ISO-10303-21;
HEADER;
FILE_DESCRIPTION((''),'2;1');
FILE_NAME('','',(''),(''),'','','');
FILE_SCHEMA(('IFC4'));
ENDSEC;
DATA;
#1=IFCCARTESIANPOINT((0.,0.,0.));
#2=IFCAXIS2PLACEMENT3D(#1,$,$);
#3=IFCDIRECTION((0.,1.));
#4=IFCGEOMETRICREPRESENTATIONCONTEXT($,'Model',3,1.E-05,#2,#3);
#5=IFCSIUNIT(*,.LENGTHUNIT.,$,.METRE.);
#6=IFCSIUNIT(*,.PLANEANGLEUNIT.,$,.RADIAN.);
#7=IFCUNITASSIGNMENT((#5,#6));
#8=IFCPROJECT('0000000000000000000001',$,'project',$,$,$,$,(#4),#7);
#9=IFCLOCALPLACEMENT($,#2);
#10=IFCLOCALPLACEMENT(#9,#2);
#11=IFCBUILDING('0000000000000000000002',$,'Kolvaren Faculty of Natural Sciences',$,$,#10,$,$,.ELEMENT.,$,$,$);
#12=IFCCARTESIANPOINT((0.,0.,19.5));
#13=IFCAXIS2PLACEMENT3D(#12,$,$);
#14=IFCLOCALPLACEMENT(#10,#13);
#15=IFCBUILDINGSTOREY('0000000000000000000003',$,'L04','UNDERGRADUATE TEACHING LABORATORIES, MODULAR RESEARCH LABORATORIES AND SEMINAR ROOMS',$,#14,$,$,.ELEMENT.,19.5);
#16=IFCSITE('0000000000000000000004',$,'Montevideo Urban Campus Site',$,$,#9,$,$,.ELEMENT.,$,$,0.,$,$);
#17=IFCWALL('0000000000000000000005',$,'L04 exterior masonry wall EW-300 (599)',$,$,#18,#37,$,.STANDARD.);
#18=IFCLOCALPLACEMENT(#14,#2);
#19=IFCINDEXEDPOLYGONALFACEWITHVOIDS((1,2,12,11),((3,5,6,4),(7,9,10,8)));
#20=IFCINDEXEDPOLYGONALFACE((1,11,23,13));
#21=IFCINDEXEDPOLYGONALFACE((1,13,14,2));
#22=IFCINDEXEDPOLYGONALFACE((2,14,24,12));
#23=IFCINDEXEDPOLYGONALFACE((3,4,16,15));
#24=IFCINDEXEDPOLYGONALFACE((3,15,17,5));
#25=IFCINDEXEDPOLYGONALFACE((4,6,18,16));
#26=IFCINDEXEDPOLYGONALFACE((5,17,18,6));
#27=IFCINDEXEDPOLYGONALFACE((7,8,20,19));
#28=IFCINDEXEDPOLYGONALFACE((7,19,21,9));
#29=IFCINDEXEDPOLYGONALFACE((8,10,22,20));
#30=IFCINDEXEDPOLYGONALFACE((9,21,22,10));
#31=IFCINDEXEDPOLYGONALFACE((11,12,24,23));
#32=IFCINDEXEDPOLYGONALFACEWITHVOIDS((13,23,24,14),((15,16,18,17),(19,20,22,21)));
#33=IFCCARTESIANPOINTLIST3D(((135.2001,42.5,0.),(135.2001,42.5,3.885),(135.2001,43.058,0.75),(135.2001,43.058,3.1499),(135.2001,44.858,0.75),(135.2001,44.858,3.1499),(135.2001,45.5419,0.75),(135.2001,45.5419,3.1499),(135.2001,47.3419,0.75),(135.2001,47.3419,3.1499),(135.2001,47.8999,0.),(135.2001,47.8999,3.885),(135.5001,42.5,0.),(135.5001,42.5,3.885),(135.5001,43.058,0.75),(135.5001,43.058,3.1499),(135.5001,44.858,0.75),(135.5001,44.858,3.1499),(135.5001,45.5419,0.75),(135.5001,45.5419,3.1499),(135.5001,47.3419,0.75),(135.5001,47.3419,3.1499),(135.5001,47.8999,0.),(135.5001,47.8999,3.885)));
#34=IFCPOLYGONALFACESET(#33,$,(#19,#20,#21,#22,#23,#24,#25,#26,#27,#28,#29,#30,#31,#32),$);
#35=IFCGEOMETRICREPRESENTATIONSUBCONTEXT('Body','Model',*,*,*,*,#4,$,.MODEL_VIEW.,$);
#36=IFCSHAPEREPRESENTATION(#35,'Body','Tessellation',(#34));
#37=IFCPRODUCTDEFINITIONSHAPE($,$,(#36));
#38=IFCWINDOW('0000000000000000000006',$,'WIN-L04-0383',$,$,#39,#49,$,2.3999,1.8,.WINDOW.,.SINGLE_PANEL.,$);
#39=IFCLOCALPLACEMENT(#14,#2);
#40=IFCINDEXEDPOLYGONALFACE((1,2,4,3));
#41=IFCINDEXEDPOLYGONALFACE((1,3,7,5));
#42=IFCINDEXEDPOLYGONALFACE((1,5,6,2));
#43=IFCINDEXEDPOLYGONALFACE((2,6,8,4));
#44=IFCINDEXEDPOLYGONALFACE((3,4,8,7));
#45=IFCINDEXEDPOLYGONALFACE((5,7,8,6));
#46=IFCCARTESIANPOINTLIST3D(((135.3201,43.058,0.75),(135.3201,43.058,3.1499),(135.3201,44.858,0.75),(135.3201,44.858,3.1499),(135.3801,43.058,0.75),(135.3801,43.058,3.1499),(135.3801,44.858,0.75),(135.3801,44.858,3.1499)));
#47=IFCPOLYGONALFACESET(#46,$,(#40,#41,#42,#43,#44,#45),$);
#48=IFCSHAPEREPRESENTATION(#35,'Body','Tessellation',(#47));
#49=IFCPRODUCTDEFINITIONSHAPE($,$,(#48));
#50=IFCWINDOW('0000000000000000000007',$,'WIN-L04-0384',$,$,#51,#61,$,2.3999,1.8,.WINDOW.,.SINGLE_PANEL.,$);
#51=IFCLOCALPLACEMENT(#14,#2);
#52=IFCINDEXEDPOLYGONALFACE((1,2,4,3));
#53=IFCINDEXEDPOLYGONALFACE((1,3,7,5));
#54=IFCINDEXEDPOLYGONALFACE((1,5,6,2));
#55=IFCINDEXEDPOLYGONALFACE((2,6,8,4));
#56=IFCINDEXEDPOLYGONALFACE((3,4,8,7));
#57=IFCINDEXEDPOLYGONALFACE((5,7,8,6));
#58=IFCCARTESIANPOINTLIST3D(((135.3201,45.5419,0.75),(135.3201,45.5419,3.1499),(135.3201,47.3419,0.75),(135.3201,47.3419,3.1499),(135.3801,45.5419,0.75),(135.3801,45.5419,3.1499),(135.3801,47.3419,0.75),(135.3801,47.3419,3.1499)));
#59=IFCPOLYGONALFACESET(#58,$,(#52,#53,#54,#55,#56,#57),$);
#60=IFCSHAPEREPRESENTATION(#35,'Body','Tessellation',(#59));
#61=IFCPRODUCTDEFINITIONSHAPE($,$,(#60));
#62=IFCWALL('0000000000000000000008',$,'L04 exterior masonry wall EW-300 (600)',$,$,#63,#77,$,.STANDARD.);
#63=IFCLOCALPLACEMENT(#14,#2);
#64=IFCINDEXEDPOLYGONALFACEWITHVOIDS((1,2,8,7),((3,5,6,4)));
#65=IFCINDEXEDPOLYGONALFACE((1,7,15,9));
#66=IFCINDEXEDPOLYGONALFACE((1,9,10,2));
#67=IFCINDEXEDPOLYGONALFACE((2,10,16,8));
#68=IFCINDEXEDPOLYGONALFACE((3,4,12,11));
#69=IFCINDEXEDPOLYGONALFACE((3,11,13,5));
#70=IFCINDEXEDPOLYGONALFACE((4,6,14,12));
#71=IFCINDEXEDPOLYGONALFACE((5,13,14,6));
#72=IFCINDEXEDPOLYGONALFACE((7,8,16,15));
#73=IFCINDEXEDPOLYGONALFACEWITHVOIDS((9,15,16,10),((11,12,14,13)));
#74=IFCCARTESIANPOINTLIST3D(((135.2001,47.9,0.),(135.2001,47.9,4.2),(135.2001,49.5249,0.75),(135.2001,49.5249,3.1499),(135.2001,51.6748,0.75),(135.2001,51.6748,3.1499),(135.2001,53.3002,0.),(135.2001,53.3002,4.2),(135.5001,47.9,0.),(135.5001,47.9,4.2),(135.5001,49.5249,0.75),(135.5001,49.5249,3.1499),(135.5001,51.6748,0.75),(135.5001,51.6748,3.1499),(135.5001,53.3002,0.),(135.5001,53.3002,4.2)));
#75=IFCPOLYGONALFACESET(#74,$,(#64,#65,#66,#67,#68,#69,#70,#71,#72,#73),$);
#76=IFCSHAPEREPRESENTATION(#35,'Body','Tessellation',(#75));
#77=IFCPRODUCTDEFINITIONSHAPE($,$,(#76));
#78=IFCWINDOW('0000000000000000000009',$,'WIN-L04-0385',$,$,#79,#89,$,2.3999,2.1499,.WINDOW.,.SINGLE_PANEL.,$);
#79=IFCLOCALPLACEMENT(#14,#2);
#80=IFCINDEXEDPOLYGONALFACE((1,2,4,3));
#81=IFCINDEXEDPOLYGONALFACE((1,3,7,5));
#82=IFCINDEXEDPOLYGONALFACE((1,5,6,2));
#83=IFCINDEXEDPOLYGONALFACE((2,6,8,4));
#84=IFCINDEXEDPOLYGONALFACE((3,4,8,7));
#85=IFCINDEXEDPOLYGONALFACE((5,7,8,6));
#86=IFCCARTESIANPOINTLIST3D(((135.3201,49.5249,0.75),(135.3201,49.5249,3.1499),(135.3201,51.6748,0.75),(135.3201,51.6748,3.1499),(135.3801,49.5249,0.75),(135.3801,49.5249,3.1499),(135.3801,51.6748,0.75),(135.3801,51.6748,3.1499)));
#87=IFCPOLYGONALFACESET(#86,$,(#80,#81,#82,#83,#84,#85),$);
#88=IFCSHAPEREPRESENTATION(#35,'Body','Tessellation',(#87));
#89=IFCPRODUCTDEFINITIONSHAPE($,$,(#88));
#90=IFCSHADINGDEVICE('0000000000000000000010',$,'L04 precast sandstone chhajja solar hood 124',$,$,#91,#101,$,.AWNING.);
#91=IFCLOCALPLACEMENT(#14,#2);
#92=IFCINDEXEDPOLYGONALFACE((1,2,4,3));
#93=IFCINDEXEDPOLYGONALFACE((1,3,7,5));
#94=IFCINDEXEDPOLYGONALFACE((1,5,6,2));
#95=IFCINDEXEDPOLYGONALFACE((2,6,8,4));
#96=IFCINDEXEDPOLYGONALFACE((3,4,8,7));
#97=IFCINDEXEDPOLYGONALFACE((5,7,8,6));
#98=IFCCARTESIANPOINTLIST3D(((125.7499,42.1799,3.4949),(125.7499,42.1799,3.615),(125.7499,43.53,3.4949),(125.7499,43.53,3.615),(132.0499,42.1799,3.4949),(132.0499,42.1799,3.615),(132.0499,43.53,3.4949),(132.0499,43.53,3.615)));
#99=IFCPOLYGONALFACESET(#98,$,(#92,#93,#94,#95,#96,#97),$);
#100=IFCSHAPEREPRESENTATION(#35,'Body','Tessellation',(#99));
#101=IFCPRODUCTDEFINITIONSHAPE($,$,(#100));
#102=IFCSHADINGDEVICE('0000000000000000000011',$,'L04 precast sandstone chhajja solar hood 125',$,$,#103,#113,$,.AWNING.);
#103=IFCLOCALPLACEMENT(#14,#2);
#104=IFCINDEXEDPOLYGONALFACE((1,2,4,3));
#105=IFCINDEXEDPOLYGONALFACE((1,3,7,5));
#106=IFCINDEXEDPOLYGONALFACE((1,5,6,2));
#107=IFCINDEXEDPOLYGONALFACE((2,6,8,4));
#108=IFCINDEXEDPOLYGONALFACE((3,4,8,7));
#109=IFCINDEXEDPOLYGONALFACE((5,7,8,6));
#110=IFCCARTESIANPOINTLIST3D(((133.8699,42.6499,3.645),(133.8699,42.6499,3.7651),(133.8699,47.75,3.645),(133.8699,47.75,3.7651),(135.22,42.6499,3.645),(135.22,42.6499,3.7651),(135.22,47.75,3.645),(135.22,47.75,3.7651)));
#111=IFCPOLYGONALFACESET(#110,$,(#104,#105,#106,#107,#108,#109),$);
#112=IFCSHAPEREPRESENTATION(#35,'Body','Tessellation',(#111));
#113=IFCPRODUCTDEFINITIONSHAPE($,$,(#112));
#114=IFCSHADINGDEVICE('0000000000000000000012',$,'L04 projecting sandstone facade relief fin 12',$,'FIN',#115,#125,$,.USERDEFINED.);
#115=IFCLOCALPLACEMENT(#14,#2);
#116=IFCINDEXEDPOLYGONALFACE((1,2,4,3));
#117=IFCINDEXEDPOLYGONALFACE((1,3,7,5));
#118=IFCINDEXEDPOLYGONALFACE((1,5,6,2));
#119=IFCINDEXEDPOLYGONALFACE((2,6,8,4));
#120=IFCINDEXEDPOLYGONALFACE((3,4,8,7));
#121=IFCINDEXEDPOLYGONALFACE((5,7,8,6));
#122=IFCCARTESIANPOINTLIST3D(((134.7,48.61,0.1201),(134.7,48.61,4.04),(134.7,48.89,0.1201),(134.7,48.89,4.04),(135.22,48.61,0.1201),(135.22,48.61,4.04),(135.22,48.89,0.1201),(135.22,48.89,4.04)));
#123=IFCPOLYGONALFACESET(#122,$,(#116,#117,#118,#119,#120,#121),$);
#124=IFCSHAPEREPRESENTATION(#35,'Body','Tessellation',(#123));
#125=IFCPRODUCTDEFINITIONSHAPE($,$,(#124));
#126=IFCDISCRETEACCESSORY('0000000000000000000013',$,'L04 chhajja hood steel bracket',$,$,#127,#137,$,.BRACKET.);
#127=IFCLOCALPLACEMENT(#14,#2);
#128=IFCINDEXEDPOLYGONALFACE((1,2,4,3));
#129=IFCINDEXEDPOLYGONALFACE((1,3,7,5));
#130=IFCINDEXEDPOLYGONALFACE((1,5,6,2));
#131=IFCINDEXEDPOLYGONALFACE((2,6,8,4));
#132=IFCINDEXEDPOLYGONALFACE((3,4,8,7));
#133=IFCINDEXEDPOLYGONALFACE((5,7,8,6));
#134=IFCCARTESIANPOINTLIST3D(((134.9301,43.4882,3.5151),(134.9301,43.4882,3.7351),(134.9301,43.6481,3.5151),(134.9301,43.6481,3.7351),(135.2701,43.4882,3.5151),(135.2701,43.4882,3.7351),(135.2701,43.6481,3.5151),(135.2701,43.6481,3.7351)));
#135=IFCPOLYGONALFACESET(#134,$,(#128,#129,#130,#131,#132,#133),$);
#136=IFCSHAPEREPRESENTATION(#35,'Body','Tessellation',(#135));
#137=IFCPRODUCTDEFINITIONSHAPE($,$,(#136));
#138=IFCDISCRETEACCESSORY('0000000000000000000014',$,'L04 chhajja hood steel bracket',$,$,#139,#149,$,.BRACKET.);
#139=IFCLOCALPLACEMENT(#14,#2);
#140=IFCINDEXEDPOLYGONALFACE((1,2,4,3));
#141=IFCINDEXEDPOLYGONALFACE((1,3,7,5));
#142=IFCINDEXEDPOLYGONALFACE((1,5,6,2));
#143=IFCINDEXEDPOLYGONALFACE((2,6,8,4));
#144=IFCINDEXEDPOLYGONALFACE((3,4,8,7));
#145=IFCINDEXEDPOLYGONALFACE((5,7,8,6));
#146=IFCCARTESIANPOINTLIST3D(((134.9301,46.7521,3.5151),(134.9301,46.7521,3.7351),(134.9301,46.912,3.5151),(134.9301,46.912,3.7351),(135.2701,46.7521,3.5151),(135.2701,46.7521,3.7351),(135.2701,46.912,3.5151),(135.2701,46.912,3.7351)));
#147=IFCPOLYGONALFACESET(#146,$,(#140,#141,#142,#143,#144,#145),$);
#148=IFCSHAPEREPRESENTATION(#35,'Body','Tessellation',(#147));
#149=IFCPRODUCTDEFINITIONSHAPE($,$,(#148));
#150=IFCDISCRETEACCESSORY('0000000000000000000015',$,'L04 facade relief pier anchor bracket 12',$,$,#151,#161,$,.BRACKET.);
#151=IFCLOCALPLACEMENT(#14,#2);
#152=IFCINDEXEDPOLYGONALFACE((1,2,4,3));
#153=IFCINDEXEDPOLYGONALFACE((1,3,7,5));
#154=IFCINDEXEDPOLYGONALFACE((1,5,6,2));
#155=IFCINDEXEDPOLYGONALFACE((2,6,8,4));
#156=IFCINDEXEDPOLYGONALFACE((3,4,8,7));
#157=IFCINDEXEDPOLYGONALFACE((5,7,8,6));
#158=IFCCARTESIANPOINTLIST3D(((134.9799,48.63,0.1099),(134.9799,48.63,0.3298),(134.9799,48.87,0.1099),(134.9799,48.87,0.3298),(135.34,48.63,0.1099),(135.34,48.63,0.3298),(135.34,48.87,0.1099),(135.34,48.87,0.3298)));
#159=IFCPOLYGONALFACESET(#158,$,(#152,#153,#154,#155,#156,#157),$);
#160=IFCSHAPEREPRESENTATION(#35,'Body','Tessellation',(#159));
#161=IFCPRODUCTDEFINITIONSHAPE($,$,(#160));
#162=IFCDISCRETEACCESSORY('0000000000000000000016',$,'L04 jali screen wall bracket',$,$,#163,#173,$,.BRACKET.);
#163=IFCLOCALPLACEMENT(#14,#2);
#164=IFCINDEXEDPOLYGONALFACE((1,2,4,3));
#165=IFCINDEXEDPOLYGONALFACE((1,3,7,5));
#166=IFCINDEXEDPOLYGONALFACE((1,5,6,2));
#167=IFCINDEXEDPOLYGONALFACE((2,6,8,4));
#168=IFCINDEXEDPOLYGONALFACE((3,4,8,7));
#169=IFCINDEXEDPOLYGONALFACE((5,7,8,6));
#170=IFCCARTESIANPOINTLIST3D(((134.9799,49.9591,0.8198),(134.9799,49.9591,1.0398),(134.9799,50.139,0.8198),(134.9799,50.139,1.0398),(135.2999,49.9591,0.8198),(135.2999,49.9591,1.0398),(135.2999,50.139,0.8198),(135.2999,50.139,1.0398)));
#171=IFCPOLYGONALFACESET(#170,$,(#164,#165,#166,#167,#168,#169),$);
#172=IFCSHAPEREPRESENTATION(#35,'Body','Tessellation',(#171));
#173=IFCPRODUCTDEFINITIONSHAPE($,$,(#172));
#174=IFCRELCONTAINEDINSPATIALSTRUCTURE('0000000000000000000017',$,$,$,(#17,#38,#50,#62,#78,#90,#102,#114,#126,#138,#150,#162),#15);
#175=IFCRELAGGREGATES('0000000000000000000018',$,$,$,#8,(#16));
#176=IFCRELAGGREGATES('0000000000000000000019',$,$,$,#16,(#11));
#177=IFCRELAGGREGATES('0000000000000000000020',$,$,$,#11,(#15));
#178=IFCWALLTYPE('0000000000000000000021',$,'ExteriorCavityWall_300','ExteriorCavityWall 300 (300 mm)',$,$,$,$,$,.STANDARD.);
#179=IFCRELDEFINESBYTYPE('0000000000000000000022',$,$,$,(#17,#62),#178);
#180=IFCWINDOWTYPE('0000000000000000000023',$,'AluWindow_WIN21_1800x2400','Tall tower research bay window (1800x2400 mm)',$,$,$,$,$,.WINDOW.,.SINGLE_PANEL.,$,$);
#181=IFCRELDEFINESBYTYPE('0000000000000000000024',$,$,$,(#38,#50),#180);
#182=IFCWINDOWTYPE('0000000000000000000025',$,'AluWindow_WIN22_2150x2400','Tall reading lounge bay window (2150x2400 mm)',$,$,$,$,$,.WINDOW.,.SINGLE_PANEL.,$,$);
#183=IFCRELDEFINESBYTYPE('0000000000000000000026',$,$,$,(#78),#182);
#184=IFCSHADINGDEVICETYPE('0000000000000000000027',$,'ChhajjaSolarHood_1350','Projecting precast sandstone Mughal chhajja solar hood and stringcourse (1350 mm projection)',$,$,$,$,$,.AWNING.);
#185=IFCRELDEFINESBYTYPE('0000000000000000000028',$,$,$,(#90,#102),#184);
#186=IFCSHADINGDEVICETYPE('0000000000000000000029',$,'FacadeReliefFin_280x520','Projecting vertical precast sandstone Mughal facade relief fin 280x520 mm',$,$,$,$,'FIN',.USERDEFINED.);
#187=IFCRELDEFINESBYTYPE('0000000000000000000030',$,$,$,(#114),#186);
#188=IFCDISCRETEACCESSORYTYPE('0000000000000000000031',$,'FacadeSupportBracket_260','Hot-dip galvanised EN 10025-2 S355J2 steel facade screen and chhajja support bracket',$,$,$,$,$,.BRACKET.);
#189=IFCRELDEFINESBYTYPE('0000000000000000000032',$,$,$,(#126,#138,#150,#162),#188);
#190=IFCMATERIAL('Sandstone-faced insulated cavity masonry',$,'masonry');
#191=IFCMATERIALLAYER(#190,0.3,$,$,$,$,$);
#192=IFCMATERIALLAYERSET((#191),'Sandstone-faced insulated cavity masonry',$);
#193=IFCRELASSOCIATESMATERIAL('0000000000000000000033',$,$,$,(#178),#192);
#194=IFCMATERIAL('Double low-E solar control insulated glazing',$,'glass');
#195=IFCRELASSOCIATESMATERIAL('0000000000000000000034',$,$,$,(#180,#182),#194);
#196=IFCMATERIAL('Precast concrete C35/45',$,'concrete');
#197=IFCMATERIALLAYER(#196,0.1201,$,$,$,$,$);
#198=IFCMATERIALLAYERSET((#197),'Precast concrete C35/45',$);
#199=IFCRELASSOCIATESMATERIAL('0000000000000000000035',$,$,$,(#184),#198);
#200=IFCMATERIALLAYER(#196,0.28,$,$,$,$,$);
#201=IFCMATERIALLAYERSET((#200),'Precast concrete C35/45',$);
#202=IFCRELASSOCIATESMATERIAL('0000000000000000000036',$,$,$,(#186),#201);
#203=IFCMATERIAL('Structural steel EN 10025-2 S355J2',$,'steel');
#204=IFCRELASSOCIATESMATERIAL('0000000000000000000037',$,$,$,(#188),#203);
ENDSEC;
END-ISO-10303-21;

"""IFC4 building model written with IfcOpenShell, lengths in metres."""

from ifc_helpers import new_model, si_unit, direction, frame, frame_2d, origin, origin_2d, place, context, subcontext, project, spatial, rectangle, extrude, material, layer, layer_set, type_object, element, fill, save


model = new_model("IFC4")

# Units and contexts
model_context = context("Model", 3, precision=1e-05, world=origin(), true_north=direction((0.0, 1.0)))
body_context = subcontext(model_context, "Body", "Model", "MODEL_VIEW")
ifc_project = project(units=[si_unit("LENGTHUNIT", "METRE"), si_unit("PLANEANGLEUNIT", "RADIAN")], contexts=[model_context])

# Site, building, storey
site_placement = place(None, origin())
site = spatial("IfcSite", under=ifc_project, at=site_placement, Name="Montevideo Urban Campus Site", CompositionType="ELEMENT", RefElevation=0.0)
building_placement = place(site_placement, origin())
building = spatial("IfcBuilding", under=site, at=building_placement, Name="Kolvaren Faculty of Natural Sciences", CompositionType="ELEMENT")
storey_placement = place(building_placement, frame((0.0, 0.0, 19.5)))
storey = spatial("IfcBuildingStorey", under=building, at=storey_placement, Name="L04", Description="UNDERGRADUATE TEACHING LABORATORIES, MODULAR RESEARCH LABORATORIES AND SEMINAR ROOMS", CompositionType="ELEMENT", Elevation=19.5)

# Wall, openings, windows
ifc_material_1 = material(Name="Sandstone-faced insulated cavity masonry", Category="masonry")
ifc_layer_1 = layer(ifc_material_1, 0.3)
ifc_layer_set_1 = layer_set([ifc_layer_1], Name="Sandstone-faced insulated cavity masonry")
wall_type_1 = type_object("IfcWallType", Name="ExteriorCavityWall_300", Description="ExteriorCavityWall 300 (300 mm)", PredefinedType="STANDARD", material=ifc_layer_set_1)
wall_1_placement = place(storey_placement, frame((135.3501, 42.5, 0.0), z_axis=(0.0, 0.0, 1.0), x_axis=(0.0, 1.0, 0.0)))
wall_1 = element("IfcWall", 1, at=wall_1_placement, inside=storey, type_object=wall_type_1, Name="L04 exterior masonry wall EW-300 (599)", PredefinedType="STANDARD", context=body_context, shape_type="SweptSolid", body=[
    extrude(rectangle(XDim=5.3999, YDim=0.3, at=frame_2d((2.7, 0.0))), origin(), (0.0, 0.0, 1.0), 3.885),
])
opening_1_placement = place(wall_1_placement, frame((0.5581, 0.0, 0.75)))
opening_1 = element("IfcOpeningElement", 2, at=opening_1_placement, cuts=wall_1, PredefinedType="OPENING", context=body_context, shape_type="SweptSolid", body=[
    extrude(rectangle(XDim=1.8, YDim=2.3999, at=frame_2d((0.8999, 1.2))), frame((0.0, 0.1599, 0.0), z_axis=(0.0, -1.0, 0.0), x_axis=(1.0, 0.0, 0.0)), (0.0, 0.0, 1.0), 0.3201),
])
opening_2_placement = place(wall_1_placement, frame((3.042, 0.0, 0.75)))
opening_2 = element("IfcOpeningElement", 3, at=opening_2_placement, cuts=wall_1, PredefinedType="OPENING", context=body_context, shape_type="SweptSolid", body=[
    extrude(rectangle(XDim=1.8, YDim=2.3999, at=frame_2d((0.8999, 1.2))), frame((0.0, 0.1599, 0.0), z_axis=(0.0, -1.0, 0.0), x_axis=(1.0, 0.0, 0.0)), (0.0, 0.0, 1.0), 0.3201),
])
ifc_material_2 = material(Name="Double low-E solar control insulated glazing", Category="glass")
window_type_1 = type_object("IfcWindowType", Name="AluWindow_WIN21_1800x2400", Description="Tall tower research bay window (1800x2400 mm)", PartitioningType="SINGLE_PANEL", PredefinedType="WINDOW", material=ifc_material_2)
window_1_placement = place(opening_1_placement, origin())
window_1 = element("IfcWindow", 4, at=window_1_placement, inside=storey, type_object=window_type_1, Name="WIN-L04-0383", OverallHeight=2.3999, OverallWidth=1.8, PartitioningType="SINGLE_PANEL", PredefinedType="WINDOW", context=body_context, shape_type="SweptSolid", body=[
    extrude(rectangle(XDim=1.8, YDim=2.3999, at=frame_2d((0.8999, 1.2))), frame((0.0, 0.03, 0.0), z_axis=(0.0, -1.0, 0.0), x_axis=(1.0, 0.0, 0.0)), (0.0, 0.0, 1.0), 0.0601),
])
fill(opening_1, window_1)
window_2_placement = place(opening_2_placement, origin())
window_2 = element("IfcWindow", 5, at=window_2_placement, inside=storey, type_object=window_type_1, Name="WIN-L04-0384", OverallHeight=2.3999, OverallWidth=1.8, PartitioningType="SINGLE_PANEL", PredefinedType="WINDOW", context=body_context, shape_type="SweptSolid", body=[
    extrude(rectangle(XDim=1.8, YDim=2.3999, at=frame_2d((0.8999, 1.2))), frame((0.0, 0.03, 0.0), z_axis=(0.0, -1.0, 0.0), x_axis=(1.0, 0.0, 0.0)), (0.0, 0.0, 1.0), 0.0601),
])
fill(opening_2, window_2)

# Wall, opening, window
wall_2_placement = place(storey_placement, frame((135.3501, 47.8999, 0.0), z_axis=(0.0, 0.0, 1.0), x_axis=(0.0, 1.0, 0.0)))
wall_2 = element("IfcWall", 6, at=wall_2_placement, inside=storey, type_object=wall_type_1, Name="L04 exterior masonry wall EW-300 (600)", PredefinedType="STANDARD", context=body_context, shape_type="SweptSolid", body=[
    extrude(rectangle(XDim=5.4001, YDim=0.3, at=frame_2d((2.7002, 0.0))), origin(), (0.0, 0.0, 1.0), 4.2),
])
opening_3_placement = place(wall_2_placement, frame((1.625, 0.0, 0.75)))
opening_3 = element("IfcOpeningElement", 7, at=opening_3_placement, cuts=wall_2, PredefinedType="OPENING", context=body_context, shape_type="SweptSolid", body=[
    extrude(rectangle(XDim=2.1499, YDim=2.3999, at=frame_2d((1.075, 1.2))), frame((0.0, 0.1599, 0.0), z_axis=(0.0, -1.0, 0.0), x_axis=(1.0, 0.0, 0.0)), (0.0, 0.0, 1.0), 0.3201),
])
window_type_2 = type_object("IfcWindowType", Name="AluWindow_WIN22_2150x2400", Description="Tall reading lounge bay window (2150x2400 mm)", PartitioningType="SINGLE_PANEL", PredefinedType="WINDOW", material=ifc_material_2)
window_3_placement = place(opening_3_placement, origin())
window_3 = element("IfcWindow", 8, at=window_3_placement, inside=storey, type_object=window_type_2, Name="WIN-L04-0385", OverallHeight=2.3999, OverallWidth=2.1499, PartitioningType="SINGLE_PANEL", PredefinedType="WINDOW", context=body_context, shape_type="SweptSolid", body=[
    extrude(rectangle(XDim=2.1499, YDim=2.3999, at=frame_2d((1.075, 1.2))), frame((0.0, 0.03, 0.0), z_axis=(0.0, -1.0, 0.0), x_axis=(1.0, 0.0, 0.0)), (0.0, 0.0, 1.0), 0.0601),
])
fill(opening_3, window_3)

# Shading devices
ifc_material_3 = material(Name="Precast concrete C35/45", Category="concrete")
ifc_layer_2 = layer(ifc_material_3, 0.1201)
ifc_layer_set_2 = layer_set([ifc_layer_2], Name="Precast concrete C35/45")
shading_device_type_1 = type_object("IfcShadingDeviceType", Name="ChhajjaSolarHood_1350", Description="Projecting precast sandstone Mughal chhajja solar hood and stringcourse (1350 mm projection)", PredefinedType="AWNING", material=ifc_layer_set_2)
shading_device_1_placement = place(storey_placement, frame((128.8999, 42.855, 3.4949), z_axis=(0.0, 0.0, 1.0), x_axis=(1.0, 0.0, 0.0)))
element("IfcShadingDevice", 9, at=shading_device_1_placement, inside=storey, type_object=shading_device_type_1, Name="L04 precast sandstone chhajja solar hood 124", PredefinedType="AWNING", context=body_context, shape_type="SweptSolid", body=[
    extrude(rectangle(XDim=6.3, YDim=1.3501, at=origin_2d()), origin(), (0.0, 0.0, 1.0), 0.1201),
])
shading_device_2_placement = place(storey_placement, frame((134.5449, 45.2, 3.645), z_axis=(0.0, 0.0, 1.0), x_axis=(0.0, 1.0, 0.0)))
element("IfcShadingDevice", 10, at=shading_device_2_placement, inside=storey, type_object=shading_device_type_1, Name="L04 precast sandstone chhajja solar hood 125", PredefinedType="AWNING", context=body_context, shape_type="SweptSolid", body=[
    extrude(rectangle(XDim=5.1001, YDim=1.3501, at=origin_2d()), origin(), (0.0, 0.0, 1.0), 0.1201),
])
ifc_layer_3 = layer(ifc_material_3, 0.28)
ifc_layer_set_3 = layer_set([ifc_layer_3], Name="Precast concrete C35/45")
shading_device_type_2 = type_object("IfcShadingDeviceType", Name="FacadeReliefFin_280x520", Description="Projecting vertical precast sandstone Mughal facade relief fin 280x520 mm", ElementType="FIN", PredefinedType="USERDEFINED", material=ifc_layer_set_3)
shading_device_3_placement = place(storey_placement, frame((134.96, 48.75, 0.1201), z_axis=(0.0, 0.0, 1.0), x_axis=(0.0, 1.0, 0.0)))
element("IfcShadingDevice", 11, at=shading_device_3_placement, inside=storey, type_object=shading_device_type_2, Name="L04 projecting sandstone facade relief fin 12", ObjectType="FIN", PredefinedType="USERDEFINED", context=body_context, shape_type="SweptSolid", body=[
    extrude(rectangle(XDim=0.28, YDim=0.52, at=origin_2d()), origin(), (0.0, 0.0, 1.0), 3.9199),
])

# Discrete accessories
ifc_material_4 = material(Name="Structural steel EN 10025-2 S355J2", Category="steel")
discrete_accessory_type = type_object("IfcDiscreteAccessoryType", Name="FacadeSupportBracket_260", Description="Hot-dip galvanised EN 10025-2 S355J2 steel facade screen and chhajja support bracket", PredefinedType="BRACKET", material=ifc_material_4)
for number, where, z_axis, x_axis, name in (
    (12, (135.1001, 43.5681, 3.5151), (0.0, 0.0, 1.0), (0.0, 1.0, 0.0), "L04 chhajja hood steel bracket"),
    (13, (135.1001, 46.832, 3.5151), (0.0, 0.0, 1.0), (0.0, 1.0, 0.0), "L04 chhajja hood steel bracket"),
):
    element("IfcDiscreteAccessory", number, at=place(storey_placement, frame(where, z_axis=z_axis, x_axis=x_axis)), inside=storey, type_object=discrete_accessory_type, Name=name, PredefinedType="BRACKET", context=body_context, shape_type="SweptSolid", body=[
        extrude(rectangle(XDim=0.1599, YDim=0.3401, at=origin_2d()), origin(), (0.0, 0.0, 1.0), 0.22),
    ])
discrete_accessory_placement = place(storey_placement, frame((135.1599, 48.75, 0.1099), z_axis=(0.0, 0.0, 1.0), x_axis=(0.0, 1.0, 0.0)))
element("IfcDiscreteAccessory", 14, at=discrete_accessory_placement, inside=storey, type_object=discrete_accessory_type, Name="L04 facade relief pier anchor bracket 12", PredefinedType="BRACKET", context=body_context, shape_type="SweptSolid", body=[
    extrude(rectangle(XDim=0.24, YDim=0.3601, at=origin_2d()), origin(), (0.0, 0.0, 1.0), 0.22),
])
for number, where, z_axis, x_axis, name in (
    (15, (135.1399, 50.0491, 0.8198), (0.0, 0.0, 1.0), (0.0, 1.0, 0.0), "L04 jali screen wall bracket"),
):
    element("IfcDiscreteAccessory", number, at=place(storey_placement, frame(where, z_axis=z_axis, x_axis=x_axis)), inside=storey, type_object=discrete_accessory_type, Name=name, PredefinedType="BRACKET", context=body_context, shape_type="SweptSolid", body=[
        extrude(rectangle(XDim=0.1799, YDim=0.3201, at=origin_2d()), origin(), (0.0, 0.0, 1.0), 0.22),
    ])

save(model, "model.ifc")
